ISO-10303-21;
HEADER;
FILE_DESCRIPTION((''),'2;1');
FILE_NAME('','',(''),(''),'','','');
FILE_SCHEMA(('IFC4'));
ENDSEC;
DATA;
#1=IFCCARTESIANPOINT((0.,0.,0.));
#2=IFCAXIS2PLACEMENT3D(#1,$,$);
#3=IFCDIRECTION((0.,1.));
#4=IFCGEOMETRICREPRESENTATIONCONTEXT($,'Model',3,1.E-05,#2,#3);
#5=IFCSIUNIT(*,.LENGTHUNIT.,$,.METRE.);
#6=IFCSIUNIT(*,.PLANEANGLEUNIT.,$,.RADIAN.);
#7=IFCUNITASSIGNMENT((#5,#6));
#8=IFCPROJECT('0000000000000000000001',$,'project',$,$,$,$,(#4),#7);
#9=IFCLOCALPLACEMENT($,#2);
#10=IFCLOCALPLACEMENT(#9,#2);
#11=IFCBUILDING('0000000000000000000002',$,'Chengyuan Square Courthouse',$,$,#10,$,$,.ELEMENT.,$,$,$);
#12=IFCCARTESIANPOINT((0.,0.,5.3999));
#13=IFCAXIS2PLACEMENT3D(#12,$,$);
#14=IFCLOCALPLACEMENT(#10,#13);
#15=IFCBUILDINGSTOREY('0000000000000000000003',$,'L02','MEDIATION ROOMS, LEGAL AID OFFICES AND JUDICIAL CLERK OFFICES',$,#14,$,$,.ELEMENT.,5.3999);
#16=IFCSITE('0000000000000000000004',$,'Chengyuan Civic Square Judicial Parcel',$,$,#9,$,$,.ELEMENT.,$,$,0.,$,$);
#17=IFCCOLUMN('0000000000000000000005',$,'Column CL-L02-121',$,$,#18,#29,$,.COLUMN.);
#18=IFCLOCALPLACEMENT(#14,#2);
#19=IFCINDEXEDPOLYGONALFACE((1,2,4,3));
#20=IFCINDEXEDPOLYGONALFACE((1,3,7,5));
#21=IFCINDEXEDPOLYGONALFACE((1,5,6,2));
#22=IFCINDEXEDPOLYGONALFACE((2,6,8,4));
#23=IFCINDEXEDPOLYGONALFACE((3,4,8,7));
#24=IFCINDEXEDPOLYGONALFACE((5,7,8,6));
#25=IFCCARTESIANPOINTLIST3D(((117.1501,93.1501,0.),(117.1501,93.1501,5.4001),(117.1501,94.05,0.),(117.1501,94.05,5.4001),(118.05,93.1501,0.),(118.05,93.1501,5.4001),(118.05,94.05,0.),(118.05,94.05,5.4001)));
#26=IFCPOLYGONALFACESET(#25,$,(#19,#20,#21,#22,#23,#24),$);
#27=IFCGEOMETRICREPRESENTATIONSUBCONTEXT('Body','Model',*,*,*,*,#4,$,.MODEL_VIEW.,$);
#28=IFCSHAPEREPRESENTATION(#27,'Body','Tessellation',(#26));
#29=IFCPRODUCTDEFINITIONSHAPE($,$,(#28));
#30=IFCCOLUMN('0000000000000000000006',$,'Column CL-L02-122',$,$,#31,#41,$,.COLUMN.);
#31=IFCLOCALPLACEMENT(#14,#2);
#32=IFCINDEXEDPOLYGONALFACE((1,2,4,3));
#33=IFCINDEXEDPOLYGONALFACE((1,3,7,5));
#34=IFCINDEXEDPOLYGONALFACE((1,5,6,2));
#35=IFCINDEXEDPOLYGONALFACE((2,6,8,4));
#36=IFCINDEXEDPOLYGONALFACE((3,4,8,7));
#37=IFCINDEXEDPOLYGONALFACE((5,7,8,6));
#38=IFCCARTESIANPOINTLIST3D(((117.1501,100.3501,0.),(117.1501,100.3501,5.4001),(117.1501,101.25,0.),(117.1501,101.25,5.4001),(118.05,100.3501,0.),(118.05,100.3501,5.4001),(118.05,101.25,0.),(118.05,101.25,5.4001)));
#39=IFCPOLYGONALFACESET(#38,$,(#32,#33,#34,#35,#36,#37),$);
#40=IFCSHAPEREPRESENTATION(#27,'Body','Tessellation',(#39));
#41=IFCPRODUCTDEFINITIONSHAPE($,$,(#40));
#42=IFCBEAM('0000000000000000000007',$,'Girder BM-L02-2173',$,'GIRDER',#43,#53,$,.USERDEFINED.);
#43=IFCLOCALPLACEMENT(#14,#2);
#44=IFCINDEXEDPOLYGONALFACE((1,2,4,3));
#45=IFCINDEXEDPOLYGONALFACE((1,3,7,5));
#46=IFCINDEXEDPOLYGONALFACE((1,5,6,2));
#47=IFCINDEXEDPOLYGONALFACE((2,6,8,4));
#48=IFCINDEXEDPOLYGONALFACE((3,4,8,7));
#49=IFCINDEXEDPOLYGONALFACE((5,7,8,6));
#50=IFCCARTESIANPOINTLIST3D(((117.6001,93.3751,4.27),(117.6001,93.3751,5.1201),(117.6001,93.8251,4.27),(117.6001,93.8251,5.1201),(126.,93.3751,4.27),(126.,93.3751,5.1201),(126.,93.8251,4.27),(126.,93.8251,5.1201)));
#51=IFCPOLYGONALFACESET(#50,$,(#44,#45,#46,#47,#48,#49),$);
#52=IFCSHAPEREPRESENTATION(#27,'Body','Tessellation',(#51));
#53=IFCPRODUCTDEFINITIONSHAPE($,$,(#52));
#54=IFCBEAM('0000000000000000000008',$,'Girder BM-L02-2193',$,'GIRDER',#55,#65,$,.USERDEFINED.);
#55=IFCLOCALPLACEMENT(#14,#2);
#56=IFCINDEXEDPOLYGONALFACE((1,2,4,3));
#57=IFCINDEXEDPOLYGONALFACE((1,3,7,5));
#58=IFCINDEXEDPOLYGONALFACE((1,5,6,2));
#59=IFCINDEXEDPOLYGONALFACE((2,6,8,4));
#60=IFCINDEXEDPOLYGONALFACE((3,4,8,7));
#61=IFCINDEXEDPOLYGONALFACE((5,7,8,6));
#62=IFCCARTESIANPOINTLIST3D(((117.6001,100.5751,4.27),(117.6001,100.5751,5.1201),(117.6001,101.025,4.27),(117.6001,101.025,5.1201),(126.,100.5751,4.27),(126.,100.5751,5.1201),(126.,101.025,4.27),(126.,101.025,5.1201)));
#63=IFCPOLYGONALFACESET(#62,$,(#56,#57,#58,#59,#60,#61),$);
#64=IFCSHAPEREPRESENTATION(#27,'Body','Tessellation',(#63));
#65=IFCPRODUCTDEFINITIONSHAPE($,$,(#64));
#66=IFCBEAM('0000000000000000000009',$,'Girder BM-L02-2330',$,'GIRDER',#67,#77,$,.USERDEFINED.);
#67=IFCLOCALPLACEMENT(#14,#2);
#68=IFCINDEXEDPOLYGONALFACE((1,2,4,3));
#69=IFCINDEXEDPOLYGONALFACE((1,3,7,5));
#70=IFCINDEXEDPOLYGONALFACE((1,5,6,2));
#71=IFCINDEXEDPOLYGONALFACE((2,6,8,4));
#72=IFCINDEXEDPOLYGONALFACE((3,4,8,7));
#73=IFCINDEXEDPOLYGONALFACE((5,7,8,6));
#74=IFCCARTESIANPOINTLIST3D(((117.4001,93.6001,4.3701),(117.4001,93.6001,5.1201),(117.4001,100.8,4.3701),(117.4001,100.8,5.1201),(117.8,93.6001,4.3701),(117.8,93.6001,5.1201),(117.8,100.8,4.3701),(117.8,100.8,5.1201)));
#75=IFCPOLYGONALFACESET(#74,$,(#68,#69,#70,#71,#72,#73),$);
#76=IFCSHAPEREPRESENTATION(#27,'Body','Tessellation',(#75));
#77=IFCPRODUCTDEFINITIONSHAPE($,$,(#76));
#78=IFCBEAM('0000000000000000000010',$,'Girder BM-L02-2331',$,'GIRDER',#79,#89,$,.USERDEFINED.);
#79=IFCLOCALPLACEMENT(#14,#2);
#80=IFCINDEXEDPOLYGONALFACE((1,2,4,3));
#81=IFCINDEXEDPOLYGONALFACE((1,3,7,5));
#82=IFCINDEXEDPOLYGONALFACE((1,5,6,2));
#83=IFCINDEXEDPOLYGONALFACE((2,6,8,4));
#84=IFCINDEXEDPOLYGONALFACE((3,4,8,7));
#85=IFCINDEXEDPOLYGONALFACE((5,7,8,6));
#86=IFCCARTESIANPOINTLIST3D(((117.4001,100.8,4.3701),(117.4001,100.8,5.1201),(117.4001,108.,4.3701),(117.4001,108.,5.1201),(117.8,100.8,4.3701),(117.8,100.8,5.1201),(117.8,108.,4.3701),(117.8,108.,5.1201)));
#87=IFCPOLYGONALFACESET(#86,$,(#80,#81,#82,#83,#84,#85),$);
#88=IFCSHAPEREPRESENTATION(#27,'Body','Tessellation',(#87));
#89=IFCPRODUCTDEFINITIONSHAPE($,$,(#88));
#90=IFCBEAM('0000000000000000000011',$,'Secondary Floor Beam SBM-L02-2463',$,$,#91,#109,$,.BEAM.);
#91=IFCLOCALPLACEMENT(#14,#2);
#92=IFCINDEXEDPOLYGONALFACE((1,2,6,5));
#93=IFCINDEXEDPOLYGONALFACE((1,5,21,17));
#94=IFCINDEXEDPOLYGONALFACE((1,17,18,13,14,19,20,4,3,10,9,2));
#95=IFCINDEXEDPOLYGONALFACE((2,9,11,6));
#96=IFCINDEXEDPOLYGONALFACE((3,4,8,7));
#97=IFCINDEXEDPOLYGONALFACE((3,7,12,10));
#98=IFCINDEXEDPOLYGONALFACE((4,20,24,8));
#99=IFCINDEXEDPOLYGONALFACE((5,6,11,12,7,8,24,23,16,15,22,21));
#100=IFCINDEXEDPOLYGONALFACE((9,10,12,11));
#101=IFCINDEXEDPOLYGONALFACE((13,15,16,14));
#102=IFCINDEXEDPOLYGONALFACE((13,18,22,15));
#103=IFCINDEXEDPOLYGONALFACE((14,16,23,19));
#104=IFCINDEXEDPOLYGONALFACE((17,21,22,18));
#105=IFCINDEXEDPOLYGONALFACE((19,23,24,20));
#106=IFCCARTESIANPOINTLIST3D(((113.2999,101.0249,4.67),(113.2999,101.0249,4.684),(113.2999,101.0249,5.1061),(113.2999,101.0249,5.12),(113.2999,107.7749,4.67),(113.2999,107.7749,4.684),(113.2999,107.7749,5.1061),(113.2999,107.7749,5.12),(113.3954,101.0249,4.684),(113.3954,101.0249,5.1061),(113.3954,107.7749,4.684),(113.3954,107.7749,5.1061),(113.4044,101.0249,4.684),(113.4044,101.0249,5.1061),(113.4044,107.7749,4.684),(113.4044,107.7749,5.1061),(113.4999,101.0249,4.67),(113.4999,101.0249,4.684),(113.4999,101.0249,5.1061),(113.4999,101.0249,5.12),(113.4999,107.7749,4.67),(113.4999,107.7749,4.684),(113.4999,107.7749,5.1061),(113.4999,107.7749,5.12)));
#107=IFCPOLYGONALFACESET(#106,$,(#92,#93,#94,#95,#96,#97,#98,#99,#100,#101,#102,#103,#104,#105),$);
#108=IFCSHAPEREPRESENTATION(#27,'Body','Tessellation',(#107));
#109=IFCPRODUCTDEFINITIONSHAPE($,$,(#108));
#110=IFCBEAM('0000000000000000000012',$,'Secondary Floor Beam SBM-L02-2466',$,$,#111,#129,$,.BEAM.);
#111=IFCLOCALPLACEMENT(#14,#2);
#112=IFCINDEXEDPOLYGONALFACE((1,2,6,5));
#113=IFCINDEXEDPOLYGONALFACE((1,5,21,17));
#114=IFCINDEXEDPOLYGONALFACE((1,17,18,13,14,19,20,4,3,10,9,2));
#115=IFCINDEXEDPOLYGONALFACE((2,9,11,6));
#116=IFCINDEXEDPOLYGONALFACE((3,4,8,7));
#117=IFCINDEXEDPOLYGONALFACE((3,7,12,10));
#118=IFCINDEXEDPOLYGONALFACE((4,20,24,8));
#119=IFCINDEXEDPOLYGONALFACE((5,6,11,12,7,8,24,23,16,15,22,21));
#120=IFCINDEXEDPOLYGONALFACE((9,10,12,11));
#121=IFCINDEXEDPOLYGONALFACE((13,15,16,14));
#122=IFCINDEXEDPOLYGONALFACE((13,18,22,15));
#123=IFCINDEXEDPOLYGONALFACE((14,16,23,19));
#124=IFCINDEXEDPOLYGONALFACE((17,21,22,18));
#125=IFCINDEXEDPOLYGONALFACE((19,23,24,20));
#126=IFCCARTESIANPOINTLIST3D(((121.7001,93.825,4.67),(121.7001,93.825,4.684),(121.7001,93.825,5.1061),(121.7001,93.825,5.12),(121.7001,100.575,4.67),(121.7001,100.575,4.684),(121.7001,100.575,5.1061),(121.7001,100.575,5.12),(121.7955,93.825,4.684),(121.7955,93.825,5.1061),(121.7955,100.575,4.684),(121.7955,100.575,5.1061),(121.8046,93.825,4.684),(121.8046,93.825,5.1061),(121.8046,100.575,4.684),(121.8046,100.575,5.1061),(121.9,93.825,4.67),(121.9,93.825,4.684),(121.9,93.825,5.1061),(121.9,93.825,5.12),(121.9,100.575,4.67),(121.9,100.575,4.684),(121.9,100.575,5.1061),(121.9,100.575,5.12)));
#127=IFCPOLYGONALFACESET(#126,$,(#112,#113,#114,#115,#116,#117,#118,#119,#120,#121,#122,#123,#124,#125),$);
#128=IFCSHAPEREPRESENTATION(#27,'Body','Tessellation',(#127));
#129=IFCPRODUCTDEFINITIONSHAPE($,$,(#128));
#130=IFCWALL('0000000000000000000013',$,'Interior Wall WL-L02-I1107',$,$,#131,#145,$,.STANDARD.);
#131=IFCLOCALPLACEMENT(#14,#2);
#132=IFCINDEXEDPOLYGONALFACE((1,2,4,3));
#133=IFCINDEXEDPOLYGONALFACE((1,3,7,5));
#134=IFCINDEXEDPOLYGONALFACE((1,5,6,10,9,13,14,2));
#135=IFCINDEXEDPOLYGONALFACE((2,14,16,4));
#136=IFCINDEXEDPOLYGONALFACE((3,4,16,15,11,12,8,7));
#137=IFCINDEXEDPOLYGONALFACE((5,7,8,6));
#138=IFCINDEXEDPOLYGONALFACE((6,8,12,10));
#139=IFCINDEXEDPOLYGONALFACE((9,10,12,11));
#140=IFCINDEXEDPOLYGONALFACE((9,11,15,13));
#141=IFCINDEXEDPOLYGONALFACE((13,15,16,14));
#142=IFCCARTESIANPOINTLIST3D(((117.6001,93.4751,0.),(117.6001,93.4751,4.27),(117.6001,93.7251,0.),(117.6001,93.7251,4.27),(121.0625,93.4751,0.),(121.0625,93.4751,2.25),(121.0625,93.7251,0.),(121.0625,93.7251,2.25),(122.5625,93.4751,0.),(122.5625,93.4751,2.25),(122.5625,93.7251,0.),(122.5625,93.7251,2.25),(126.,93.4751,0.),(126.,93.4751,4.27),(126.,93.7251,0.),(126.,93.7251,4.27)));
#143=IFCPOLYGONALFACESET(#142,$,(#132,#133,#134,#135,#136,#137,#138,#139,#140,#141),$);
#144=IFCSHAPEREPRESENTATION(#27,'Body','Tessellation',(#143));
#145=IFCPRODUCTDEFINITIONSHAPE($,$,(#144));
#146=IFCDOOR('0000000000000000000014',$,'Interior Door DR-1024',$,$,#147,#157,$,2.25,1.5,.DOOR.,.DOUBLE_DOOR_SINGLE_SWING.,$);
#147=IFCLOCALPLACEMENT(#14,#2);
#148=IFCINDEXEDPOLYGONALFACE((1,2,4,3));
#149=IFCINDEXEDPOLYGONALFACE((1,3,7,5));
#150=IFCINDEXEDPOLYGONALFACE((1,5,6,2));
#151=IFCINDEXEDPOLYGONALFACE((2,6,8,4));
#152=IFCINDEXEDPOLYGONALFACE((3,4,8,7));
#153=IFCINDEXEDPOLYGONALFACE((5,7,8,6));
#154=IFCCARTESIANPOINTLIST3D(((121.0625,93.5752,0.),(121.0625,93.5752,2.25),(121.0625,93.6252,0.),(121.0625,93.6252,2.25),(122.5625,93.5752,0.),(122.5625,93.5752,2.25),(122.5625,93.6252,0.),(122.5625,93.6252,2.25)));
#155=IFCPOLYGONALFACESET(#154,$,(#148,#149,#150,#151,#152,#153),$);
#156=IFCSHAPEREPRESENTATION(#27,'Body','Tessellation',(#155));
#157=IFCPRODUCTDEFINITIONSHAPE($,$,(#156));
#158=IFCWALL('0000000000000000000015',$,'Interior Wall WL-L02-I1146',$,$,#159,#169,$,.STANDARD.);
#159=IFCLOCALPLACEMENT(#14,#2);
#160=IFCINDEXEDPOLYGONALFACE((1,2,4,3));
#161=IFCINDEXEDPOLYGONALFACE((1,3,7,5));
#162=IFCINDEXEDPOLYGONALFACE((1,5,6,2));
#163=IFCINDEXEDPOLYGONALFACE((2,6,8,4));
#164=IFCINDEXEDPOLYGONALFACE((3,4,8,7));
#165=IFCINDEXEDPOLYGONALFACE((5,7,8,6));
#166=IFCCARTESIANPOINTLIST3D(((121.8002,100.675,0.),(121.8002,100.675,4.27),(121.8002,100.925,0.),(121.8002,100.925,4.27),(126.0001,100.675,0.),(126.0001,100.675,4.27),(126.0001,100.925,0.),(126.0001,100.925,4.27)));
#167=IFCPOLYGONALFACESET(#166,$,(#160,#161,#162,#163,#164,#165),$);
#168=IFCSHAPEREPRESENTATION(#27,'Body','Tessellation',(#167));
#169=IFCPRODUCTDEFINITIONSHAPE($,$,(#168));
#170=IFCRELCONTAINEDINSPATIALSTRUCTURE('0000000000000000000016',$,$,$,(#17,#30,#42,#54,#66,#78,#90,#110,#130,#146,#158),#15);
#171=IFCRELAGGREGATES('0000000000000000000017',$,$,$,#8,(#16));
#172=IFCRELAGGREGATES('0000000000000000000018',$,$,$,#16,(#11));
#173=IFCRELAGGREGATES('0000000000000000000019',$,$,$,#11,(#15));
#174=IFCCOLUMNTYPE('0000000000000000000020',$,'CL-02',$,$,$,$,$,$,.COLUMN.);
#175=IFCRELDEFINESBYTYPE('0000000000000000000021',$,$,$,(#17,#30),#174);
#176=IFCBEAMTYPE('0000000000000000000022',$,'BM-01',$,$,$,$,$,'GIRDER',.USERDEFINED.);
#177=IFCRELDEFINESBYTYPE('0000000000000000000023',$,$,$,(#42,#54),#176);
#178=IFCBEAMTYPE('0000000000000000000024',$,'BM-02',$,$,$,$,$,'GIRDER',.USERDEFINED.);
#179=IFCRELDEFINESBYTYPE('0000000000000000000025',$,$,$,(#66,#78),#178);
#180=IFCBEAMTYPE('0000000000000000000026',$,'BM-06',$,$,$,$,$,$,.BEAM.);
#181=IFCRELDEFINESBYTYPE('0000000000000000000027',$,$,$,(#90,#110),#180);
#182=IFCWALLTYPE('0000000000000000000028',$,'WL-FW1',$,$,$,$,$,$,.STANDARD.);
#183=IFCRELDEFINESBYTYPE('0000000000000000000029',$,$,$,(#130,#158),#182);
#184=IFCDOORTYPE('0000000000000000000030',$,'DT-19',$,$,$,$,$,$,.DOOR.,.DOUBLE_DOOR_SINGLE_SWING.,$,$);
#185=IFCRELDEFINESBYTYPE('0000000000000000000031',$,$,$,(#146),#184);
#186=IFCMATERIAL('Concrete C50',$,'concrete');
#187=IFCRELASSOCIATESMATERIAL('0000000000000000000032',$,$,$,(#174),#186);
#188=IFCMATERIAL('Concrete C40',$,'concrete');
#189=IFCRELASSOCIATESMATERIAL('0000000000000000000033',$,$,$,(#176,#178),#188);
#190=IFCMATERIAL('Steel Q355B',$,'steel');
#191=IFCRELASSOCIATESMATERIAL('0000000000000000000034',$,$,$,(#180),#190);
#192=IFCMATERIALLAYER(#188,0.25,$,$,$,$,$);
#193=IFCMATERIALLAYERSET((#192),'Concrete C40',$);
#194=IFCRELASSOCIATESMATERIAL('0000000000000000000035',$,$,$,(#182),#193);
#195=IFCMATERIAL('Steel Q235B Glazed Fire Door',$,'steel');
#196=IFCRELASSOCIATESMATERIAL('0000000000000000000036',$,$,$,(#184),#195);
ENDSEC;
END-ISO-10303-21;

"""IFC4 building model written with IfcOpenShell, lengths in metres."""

from ifc_helpers import new_model, si_unit, direction, frame, frame_2d, origin, origin_2d, place, context, subcontext, project, spatial, rectangle, i_section, extrude, material, layer, layer_set, material_profile, profile_set, type_object, element, fill, save


model = new_model("IFC4")

# Units and contexts
model_context = context("Model", 3, precision=1e-05, world=origin(), true_north=direction((0.0, 1.0)))
body_context = subcontext(model_context, "Body", "Model", "MODEL_VIEW")
ifc_project = project(units=[si_unit("LENGTHUNIT", "METRE"), si_unit("PLANEANGLEUNIT", "RADIAN")], contexts=[model_context])

# Site, building, storey
site_placement = place(None, origin())
site = spatial("IfcSite", under=ifc_project, at=site_placement, Name="Chengyuan Civic Square Judicial Parcel", CompositionType="ELEMENT", RefElevation=0.0)
building_placement = place(site_placement, origin())
building = spatial("IfcBuilding", under=site, at=building_placement, Name="Chengyuan Square Courthouse", CompositionType="ELEMENT")
storey_placement = place(building_placement, frame((0.0, 0.0, 5.3999)))
storey = spatial("IfcBuildingStorey", under=building, at=storey_placement, Name="L02", Description="MEDIATION ROOMS, LEGAL AID OFFICES AND JUDICIAL CLERK OFFICES", CompositionType="ELEMENT", Elevation=5.3999)

# Columns
ifc_material_1 = material(Name="Concrete C50", Category="concrete")
ifc_material_profile_1 = material_profile(ifc_material_1, rectangle(XDim=0.8999, YDim=0.8999, at=origin_2d()), Name="RC-COL-900x900")
ifc_profile_set_1 = profile_set([ifc_material_profile_1], Name="Concrete C50")
column_type = type_object("IfcColumnType", Name="CL-02", PredefinedType="COLUMN", material=ifc_profile_set_1)
for number, where, z_axis, x_axis, name in (
    (1, (117.6001, 93.6001, 0.0), (0.0, 0.0, 1.0), (1.0, 0.0, 0.0), "Column CL-L02-121"),
    (2, (117.6001, 100.8, 0.0), (0.0, 0.0, 1.0), (1.0, 0.0, 0.0), "Column CL-L02-122"),
):
    element("IfcColumn", number, at=place(storey_placement, frame(where, z_axis=z_axis, x_axis=x_axis)), inside=storey, type_object=column_type, Name=name, PredefinedType="COLUMN", context=body_context, shape_type="SweptSolid", body=[
        extrude(rectangle(XDim=0.8999, YDim=0.8999, at=origin_2d()), origin(), (0.0, 0.0, 1.0), 5.4001),
    ])

# Beams
ifc_material_2 = material(Name="Concrete C40", Category="concrete")
ifc_material_profile_2 = material_profile(ifc_material_2, rectangle(XDim=0.45, YDim=0.8501, at=origin_2d()), Name="RC-BM-450x850")
ifc_profile_set_2 = profile_set([ifc_material_profile_2], Name="Concrete C40")
beam_type_1 = type_object("IfcBeamType", Name="BM-01", ElementType="GIRDER", PredefinedType="USERDEFINED", material=ifc_profile_set_2)
for number, where, z_axis, x_axis, name in (
    (3, (117.6001, 93.6001, 4.6951), (1.0, 0.0, 0.0), (0.0, 1.0, 0.0), "Girder BM-L02-2173"),
    (4, (117.6001, 100.8, 4.6951), (1.0, 0.0, 0.0), (0.0, 1.0, 0.0), "Girder BM-L02-2193"),
):
    element("IfcBeam", number, at=place(storey_placement, frame(where, z_axis=z_axis, x_axis=x_axis)), inside=storey, type_object=beam_type_1, Name=name, ObjectType="GIRDER", PredefinedType="USERDEFINED", context=body_context, shape_type="SweptSolid", body=[
        extrude(rectangle(XDim=0.45, YDim=0.8501, at=origin_2d()), origin(), (0.0, 0.0, 1.0), 8.3999),
    ])
ifc_material_profile_3 = material_profile(ifc_material_2, rectangle(XDim=0.3999, YDim=0.75, at=origin_2d()), Name="RC-BM-400x750")
ifc_profile_set_3 = profile_set([ifc_material_profile_3], Name="Concrete C40")
beam_type_2 = type_object("IfcBeamType", Name="BM-02", ElementType="GIRDER", PredefinedType="USERDEFINED", material=ifc_profile_set_3)
for number, where, z_axis, x_axis, name in (
    (5, (117.6001, 93.6001, 4.7451), (0.0, 1.0, 0.0), (-1.0, 0.0, 0.0), "Girder BM-L02-2330"),
    (6, (117.6001, 100.8, 4.7451), (0.0, 1.0, 0.0), (-1.0, 0.0, 0.0), "Girder BM-L02-2331"),
):
    element("IfcBeam", number, at=place(storey_placement, frame(where, z_axis=z_axis, x_axis=x_axis)), inside=storey, type_object=beam_type_2, Name=name, ObjectType="GIRDER", PredefinedType="USERDEFINED", context=body_context, shape_type="SweptSolid", body=[
        extrude(rectangle(XDim=0.3999, YDim=0.75, at=origin_2d()), origin(), (0.0, 0.0, 1.0), 7.2),
    ])
ifc_material_3 = material(Name="Steel Q355B", Category="steel")
ifc_material_profile_4 = material_profile(ifc_material_3, i_section(OverallWidth=0.2, OverallDepth=0.45, WebThickness=0.009, FlangeThickness=0.0139, at=origin_2d()), Name="HN 450x200x9x14")
ifc_profile_set_4 = profile_set([ifc_material_profile_4], Name="Steel Q355B")
beam_type_3 = type_object("IfcBeamType", Name="BM-06", PredefinedType="BEAM", material=ifc_profile_set_4)
for number, where, z_axis, x_axis, name in (
    (7, (113.3999, 101.0249, 4.895), (0.0, 1.0, 0.0), (-1.0, 0.0, 0.0), "Secondary Floor Beam SBM-L02-2463"),
    (8, (121.8, 93.825, 4.895), (0.0, 1.0, 0.0), (-1.0, 0.0, 0.0), "Secondary Floor Beam SBM-L02-2466"),
):
    element("IfcBeam", number, at=place(storey_placement, frame(where, z_axis=z_axis, x_axis=x_axis)), inside=storey, type_object=beam_type_3, Name=name, PredefinedType="BEAM", context=body_context, shape_type="SweptSolid", body=[
        extrude(i_section(OverallWidth=0.2, OverallDepth=0.45, WebThickness=0.009, FlangeThickness=0.0139, at=origin_2d()), origin(), (0.0, 0.0, 1.0), 6.75),
    ])

# Wall, opening, door
ifc_layer_1 = layer(ifc_material_2, 0.25)
ifc_layer_set_1 = layer_set([ifc_layer_1], Name="Concrete C40")
wall_type_1 = type_object("IfcWallType", Name="WL-FW1", PredefinedType="STANDARD", material=ifc_layer_set_1)
wall_1_placement = place(storey_placement, frame((117.6001, 93.6001, 0.0), z_axis=(0.0, 0.0, 1.0), x_axis=(1.0, 0.0, 0.0)))
wall_1 = element("IfcWall", 9, at=wall_1_placement, inside=storey, type_object=wall_type_1, Name="Interior Wall WL-L02-I1107", PredefinedType="STANDARD", context=body_context, shape_type="SweptSolid", body=[
    extrude(rectangle(XDim=8.3999, YDim=0.25, at=frame_2d((4.2, 0.0))), origin(), (0.0, 0.0, 1.0), 4.27),
])
opening_1_placement = place(wall_1_placement, frame((3.4624, 0.0, 0.0)))
opening_1 = element("IfcOpeningElement", 10, at=opening_1_placement, cuts=wall_1, PredefinedType="OPENING", context=body_context, shape_type="SweptSolid", body=[
    extrude(rectangle(XDim=1.5, YDim=2.25, at=frame_2d((0.75, 1.125))), frame((0.0, 0.137, 0.0), z_axis=(0.0, -1.0, 0.0), x_axis=(1.0, 0.0, 0.0)), (0.0, 0.0, 1.0), 0.2739),
])
ifc_material_4 = material(Name="Steel Q235B Glazed Fire Door", Category="steel")
door_type_1 = type_object("IfcDoorType", Name="DT-19", OperationType="DOUBLE_DOOR_SINGLE_SWING", PredefinedType="DOOR", material=ifc_material_4)
door_1_placement = place(opening_1_placement, frame((1.5, 0.0, 0.0), z_axis=(0.0, 0.0, 1.0), x_axis=(-1.0, 0.0, 0.0)))
door_1 = element("IfcDoor", 11, at=door_1_placement, inside=storey, type_object=door_type_1, Name="Interior Door DR-1024", OperationType="DOUBLE_DOOR_SINGLE_SWING", OverallHeight=2.25, OverallWidth=1.5, PredefinedType="DOOR", context=body_context, shape_type="SweptSolid", body=[
    extrude(rectangle(XDim=1.5, YDim=2.25, at=frame_2d((0.75, 1.125))), frame((0.0, 0.0249, 0.0), z_axis=(0.0, -1.0, 0.0), x_axis=(1.0, 0.0, 0.0)), (0.0, 0.0, 1.0), 0.05),
])
fill(opening_1, door_1)

# Wall
wall_2_placement = place(storey_placement, frame((121.8, 100.8, 0.0), z_axis=(0.0, 0.0, 1.0), x_axis=(1.0, 0.0, 0.0)))
element("IfcWall", 12, at=wall_2_placement, inside=storey, type_object=wall_type_1, Name="Interior Wall WL-L02-I1146", PredefinedType="STANDARD", context=body_context, shape_type="SweptSolid", body=[
    extrude(rectangle(XDim=4.2, YDim=0.25, at=frame_2d((2.1001, 0.0))), origin(), (0.0, 0.0, 1.0), 4.27),
])

save(model, "model.ifc")
